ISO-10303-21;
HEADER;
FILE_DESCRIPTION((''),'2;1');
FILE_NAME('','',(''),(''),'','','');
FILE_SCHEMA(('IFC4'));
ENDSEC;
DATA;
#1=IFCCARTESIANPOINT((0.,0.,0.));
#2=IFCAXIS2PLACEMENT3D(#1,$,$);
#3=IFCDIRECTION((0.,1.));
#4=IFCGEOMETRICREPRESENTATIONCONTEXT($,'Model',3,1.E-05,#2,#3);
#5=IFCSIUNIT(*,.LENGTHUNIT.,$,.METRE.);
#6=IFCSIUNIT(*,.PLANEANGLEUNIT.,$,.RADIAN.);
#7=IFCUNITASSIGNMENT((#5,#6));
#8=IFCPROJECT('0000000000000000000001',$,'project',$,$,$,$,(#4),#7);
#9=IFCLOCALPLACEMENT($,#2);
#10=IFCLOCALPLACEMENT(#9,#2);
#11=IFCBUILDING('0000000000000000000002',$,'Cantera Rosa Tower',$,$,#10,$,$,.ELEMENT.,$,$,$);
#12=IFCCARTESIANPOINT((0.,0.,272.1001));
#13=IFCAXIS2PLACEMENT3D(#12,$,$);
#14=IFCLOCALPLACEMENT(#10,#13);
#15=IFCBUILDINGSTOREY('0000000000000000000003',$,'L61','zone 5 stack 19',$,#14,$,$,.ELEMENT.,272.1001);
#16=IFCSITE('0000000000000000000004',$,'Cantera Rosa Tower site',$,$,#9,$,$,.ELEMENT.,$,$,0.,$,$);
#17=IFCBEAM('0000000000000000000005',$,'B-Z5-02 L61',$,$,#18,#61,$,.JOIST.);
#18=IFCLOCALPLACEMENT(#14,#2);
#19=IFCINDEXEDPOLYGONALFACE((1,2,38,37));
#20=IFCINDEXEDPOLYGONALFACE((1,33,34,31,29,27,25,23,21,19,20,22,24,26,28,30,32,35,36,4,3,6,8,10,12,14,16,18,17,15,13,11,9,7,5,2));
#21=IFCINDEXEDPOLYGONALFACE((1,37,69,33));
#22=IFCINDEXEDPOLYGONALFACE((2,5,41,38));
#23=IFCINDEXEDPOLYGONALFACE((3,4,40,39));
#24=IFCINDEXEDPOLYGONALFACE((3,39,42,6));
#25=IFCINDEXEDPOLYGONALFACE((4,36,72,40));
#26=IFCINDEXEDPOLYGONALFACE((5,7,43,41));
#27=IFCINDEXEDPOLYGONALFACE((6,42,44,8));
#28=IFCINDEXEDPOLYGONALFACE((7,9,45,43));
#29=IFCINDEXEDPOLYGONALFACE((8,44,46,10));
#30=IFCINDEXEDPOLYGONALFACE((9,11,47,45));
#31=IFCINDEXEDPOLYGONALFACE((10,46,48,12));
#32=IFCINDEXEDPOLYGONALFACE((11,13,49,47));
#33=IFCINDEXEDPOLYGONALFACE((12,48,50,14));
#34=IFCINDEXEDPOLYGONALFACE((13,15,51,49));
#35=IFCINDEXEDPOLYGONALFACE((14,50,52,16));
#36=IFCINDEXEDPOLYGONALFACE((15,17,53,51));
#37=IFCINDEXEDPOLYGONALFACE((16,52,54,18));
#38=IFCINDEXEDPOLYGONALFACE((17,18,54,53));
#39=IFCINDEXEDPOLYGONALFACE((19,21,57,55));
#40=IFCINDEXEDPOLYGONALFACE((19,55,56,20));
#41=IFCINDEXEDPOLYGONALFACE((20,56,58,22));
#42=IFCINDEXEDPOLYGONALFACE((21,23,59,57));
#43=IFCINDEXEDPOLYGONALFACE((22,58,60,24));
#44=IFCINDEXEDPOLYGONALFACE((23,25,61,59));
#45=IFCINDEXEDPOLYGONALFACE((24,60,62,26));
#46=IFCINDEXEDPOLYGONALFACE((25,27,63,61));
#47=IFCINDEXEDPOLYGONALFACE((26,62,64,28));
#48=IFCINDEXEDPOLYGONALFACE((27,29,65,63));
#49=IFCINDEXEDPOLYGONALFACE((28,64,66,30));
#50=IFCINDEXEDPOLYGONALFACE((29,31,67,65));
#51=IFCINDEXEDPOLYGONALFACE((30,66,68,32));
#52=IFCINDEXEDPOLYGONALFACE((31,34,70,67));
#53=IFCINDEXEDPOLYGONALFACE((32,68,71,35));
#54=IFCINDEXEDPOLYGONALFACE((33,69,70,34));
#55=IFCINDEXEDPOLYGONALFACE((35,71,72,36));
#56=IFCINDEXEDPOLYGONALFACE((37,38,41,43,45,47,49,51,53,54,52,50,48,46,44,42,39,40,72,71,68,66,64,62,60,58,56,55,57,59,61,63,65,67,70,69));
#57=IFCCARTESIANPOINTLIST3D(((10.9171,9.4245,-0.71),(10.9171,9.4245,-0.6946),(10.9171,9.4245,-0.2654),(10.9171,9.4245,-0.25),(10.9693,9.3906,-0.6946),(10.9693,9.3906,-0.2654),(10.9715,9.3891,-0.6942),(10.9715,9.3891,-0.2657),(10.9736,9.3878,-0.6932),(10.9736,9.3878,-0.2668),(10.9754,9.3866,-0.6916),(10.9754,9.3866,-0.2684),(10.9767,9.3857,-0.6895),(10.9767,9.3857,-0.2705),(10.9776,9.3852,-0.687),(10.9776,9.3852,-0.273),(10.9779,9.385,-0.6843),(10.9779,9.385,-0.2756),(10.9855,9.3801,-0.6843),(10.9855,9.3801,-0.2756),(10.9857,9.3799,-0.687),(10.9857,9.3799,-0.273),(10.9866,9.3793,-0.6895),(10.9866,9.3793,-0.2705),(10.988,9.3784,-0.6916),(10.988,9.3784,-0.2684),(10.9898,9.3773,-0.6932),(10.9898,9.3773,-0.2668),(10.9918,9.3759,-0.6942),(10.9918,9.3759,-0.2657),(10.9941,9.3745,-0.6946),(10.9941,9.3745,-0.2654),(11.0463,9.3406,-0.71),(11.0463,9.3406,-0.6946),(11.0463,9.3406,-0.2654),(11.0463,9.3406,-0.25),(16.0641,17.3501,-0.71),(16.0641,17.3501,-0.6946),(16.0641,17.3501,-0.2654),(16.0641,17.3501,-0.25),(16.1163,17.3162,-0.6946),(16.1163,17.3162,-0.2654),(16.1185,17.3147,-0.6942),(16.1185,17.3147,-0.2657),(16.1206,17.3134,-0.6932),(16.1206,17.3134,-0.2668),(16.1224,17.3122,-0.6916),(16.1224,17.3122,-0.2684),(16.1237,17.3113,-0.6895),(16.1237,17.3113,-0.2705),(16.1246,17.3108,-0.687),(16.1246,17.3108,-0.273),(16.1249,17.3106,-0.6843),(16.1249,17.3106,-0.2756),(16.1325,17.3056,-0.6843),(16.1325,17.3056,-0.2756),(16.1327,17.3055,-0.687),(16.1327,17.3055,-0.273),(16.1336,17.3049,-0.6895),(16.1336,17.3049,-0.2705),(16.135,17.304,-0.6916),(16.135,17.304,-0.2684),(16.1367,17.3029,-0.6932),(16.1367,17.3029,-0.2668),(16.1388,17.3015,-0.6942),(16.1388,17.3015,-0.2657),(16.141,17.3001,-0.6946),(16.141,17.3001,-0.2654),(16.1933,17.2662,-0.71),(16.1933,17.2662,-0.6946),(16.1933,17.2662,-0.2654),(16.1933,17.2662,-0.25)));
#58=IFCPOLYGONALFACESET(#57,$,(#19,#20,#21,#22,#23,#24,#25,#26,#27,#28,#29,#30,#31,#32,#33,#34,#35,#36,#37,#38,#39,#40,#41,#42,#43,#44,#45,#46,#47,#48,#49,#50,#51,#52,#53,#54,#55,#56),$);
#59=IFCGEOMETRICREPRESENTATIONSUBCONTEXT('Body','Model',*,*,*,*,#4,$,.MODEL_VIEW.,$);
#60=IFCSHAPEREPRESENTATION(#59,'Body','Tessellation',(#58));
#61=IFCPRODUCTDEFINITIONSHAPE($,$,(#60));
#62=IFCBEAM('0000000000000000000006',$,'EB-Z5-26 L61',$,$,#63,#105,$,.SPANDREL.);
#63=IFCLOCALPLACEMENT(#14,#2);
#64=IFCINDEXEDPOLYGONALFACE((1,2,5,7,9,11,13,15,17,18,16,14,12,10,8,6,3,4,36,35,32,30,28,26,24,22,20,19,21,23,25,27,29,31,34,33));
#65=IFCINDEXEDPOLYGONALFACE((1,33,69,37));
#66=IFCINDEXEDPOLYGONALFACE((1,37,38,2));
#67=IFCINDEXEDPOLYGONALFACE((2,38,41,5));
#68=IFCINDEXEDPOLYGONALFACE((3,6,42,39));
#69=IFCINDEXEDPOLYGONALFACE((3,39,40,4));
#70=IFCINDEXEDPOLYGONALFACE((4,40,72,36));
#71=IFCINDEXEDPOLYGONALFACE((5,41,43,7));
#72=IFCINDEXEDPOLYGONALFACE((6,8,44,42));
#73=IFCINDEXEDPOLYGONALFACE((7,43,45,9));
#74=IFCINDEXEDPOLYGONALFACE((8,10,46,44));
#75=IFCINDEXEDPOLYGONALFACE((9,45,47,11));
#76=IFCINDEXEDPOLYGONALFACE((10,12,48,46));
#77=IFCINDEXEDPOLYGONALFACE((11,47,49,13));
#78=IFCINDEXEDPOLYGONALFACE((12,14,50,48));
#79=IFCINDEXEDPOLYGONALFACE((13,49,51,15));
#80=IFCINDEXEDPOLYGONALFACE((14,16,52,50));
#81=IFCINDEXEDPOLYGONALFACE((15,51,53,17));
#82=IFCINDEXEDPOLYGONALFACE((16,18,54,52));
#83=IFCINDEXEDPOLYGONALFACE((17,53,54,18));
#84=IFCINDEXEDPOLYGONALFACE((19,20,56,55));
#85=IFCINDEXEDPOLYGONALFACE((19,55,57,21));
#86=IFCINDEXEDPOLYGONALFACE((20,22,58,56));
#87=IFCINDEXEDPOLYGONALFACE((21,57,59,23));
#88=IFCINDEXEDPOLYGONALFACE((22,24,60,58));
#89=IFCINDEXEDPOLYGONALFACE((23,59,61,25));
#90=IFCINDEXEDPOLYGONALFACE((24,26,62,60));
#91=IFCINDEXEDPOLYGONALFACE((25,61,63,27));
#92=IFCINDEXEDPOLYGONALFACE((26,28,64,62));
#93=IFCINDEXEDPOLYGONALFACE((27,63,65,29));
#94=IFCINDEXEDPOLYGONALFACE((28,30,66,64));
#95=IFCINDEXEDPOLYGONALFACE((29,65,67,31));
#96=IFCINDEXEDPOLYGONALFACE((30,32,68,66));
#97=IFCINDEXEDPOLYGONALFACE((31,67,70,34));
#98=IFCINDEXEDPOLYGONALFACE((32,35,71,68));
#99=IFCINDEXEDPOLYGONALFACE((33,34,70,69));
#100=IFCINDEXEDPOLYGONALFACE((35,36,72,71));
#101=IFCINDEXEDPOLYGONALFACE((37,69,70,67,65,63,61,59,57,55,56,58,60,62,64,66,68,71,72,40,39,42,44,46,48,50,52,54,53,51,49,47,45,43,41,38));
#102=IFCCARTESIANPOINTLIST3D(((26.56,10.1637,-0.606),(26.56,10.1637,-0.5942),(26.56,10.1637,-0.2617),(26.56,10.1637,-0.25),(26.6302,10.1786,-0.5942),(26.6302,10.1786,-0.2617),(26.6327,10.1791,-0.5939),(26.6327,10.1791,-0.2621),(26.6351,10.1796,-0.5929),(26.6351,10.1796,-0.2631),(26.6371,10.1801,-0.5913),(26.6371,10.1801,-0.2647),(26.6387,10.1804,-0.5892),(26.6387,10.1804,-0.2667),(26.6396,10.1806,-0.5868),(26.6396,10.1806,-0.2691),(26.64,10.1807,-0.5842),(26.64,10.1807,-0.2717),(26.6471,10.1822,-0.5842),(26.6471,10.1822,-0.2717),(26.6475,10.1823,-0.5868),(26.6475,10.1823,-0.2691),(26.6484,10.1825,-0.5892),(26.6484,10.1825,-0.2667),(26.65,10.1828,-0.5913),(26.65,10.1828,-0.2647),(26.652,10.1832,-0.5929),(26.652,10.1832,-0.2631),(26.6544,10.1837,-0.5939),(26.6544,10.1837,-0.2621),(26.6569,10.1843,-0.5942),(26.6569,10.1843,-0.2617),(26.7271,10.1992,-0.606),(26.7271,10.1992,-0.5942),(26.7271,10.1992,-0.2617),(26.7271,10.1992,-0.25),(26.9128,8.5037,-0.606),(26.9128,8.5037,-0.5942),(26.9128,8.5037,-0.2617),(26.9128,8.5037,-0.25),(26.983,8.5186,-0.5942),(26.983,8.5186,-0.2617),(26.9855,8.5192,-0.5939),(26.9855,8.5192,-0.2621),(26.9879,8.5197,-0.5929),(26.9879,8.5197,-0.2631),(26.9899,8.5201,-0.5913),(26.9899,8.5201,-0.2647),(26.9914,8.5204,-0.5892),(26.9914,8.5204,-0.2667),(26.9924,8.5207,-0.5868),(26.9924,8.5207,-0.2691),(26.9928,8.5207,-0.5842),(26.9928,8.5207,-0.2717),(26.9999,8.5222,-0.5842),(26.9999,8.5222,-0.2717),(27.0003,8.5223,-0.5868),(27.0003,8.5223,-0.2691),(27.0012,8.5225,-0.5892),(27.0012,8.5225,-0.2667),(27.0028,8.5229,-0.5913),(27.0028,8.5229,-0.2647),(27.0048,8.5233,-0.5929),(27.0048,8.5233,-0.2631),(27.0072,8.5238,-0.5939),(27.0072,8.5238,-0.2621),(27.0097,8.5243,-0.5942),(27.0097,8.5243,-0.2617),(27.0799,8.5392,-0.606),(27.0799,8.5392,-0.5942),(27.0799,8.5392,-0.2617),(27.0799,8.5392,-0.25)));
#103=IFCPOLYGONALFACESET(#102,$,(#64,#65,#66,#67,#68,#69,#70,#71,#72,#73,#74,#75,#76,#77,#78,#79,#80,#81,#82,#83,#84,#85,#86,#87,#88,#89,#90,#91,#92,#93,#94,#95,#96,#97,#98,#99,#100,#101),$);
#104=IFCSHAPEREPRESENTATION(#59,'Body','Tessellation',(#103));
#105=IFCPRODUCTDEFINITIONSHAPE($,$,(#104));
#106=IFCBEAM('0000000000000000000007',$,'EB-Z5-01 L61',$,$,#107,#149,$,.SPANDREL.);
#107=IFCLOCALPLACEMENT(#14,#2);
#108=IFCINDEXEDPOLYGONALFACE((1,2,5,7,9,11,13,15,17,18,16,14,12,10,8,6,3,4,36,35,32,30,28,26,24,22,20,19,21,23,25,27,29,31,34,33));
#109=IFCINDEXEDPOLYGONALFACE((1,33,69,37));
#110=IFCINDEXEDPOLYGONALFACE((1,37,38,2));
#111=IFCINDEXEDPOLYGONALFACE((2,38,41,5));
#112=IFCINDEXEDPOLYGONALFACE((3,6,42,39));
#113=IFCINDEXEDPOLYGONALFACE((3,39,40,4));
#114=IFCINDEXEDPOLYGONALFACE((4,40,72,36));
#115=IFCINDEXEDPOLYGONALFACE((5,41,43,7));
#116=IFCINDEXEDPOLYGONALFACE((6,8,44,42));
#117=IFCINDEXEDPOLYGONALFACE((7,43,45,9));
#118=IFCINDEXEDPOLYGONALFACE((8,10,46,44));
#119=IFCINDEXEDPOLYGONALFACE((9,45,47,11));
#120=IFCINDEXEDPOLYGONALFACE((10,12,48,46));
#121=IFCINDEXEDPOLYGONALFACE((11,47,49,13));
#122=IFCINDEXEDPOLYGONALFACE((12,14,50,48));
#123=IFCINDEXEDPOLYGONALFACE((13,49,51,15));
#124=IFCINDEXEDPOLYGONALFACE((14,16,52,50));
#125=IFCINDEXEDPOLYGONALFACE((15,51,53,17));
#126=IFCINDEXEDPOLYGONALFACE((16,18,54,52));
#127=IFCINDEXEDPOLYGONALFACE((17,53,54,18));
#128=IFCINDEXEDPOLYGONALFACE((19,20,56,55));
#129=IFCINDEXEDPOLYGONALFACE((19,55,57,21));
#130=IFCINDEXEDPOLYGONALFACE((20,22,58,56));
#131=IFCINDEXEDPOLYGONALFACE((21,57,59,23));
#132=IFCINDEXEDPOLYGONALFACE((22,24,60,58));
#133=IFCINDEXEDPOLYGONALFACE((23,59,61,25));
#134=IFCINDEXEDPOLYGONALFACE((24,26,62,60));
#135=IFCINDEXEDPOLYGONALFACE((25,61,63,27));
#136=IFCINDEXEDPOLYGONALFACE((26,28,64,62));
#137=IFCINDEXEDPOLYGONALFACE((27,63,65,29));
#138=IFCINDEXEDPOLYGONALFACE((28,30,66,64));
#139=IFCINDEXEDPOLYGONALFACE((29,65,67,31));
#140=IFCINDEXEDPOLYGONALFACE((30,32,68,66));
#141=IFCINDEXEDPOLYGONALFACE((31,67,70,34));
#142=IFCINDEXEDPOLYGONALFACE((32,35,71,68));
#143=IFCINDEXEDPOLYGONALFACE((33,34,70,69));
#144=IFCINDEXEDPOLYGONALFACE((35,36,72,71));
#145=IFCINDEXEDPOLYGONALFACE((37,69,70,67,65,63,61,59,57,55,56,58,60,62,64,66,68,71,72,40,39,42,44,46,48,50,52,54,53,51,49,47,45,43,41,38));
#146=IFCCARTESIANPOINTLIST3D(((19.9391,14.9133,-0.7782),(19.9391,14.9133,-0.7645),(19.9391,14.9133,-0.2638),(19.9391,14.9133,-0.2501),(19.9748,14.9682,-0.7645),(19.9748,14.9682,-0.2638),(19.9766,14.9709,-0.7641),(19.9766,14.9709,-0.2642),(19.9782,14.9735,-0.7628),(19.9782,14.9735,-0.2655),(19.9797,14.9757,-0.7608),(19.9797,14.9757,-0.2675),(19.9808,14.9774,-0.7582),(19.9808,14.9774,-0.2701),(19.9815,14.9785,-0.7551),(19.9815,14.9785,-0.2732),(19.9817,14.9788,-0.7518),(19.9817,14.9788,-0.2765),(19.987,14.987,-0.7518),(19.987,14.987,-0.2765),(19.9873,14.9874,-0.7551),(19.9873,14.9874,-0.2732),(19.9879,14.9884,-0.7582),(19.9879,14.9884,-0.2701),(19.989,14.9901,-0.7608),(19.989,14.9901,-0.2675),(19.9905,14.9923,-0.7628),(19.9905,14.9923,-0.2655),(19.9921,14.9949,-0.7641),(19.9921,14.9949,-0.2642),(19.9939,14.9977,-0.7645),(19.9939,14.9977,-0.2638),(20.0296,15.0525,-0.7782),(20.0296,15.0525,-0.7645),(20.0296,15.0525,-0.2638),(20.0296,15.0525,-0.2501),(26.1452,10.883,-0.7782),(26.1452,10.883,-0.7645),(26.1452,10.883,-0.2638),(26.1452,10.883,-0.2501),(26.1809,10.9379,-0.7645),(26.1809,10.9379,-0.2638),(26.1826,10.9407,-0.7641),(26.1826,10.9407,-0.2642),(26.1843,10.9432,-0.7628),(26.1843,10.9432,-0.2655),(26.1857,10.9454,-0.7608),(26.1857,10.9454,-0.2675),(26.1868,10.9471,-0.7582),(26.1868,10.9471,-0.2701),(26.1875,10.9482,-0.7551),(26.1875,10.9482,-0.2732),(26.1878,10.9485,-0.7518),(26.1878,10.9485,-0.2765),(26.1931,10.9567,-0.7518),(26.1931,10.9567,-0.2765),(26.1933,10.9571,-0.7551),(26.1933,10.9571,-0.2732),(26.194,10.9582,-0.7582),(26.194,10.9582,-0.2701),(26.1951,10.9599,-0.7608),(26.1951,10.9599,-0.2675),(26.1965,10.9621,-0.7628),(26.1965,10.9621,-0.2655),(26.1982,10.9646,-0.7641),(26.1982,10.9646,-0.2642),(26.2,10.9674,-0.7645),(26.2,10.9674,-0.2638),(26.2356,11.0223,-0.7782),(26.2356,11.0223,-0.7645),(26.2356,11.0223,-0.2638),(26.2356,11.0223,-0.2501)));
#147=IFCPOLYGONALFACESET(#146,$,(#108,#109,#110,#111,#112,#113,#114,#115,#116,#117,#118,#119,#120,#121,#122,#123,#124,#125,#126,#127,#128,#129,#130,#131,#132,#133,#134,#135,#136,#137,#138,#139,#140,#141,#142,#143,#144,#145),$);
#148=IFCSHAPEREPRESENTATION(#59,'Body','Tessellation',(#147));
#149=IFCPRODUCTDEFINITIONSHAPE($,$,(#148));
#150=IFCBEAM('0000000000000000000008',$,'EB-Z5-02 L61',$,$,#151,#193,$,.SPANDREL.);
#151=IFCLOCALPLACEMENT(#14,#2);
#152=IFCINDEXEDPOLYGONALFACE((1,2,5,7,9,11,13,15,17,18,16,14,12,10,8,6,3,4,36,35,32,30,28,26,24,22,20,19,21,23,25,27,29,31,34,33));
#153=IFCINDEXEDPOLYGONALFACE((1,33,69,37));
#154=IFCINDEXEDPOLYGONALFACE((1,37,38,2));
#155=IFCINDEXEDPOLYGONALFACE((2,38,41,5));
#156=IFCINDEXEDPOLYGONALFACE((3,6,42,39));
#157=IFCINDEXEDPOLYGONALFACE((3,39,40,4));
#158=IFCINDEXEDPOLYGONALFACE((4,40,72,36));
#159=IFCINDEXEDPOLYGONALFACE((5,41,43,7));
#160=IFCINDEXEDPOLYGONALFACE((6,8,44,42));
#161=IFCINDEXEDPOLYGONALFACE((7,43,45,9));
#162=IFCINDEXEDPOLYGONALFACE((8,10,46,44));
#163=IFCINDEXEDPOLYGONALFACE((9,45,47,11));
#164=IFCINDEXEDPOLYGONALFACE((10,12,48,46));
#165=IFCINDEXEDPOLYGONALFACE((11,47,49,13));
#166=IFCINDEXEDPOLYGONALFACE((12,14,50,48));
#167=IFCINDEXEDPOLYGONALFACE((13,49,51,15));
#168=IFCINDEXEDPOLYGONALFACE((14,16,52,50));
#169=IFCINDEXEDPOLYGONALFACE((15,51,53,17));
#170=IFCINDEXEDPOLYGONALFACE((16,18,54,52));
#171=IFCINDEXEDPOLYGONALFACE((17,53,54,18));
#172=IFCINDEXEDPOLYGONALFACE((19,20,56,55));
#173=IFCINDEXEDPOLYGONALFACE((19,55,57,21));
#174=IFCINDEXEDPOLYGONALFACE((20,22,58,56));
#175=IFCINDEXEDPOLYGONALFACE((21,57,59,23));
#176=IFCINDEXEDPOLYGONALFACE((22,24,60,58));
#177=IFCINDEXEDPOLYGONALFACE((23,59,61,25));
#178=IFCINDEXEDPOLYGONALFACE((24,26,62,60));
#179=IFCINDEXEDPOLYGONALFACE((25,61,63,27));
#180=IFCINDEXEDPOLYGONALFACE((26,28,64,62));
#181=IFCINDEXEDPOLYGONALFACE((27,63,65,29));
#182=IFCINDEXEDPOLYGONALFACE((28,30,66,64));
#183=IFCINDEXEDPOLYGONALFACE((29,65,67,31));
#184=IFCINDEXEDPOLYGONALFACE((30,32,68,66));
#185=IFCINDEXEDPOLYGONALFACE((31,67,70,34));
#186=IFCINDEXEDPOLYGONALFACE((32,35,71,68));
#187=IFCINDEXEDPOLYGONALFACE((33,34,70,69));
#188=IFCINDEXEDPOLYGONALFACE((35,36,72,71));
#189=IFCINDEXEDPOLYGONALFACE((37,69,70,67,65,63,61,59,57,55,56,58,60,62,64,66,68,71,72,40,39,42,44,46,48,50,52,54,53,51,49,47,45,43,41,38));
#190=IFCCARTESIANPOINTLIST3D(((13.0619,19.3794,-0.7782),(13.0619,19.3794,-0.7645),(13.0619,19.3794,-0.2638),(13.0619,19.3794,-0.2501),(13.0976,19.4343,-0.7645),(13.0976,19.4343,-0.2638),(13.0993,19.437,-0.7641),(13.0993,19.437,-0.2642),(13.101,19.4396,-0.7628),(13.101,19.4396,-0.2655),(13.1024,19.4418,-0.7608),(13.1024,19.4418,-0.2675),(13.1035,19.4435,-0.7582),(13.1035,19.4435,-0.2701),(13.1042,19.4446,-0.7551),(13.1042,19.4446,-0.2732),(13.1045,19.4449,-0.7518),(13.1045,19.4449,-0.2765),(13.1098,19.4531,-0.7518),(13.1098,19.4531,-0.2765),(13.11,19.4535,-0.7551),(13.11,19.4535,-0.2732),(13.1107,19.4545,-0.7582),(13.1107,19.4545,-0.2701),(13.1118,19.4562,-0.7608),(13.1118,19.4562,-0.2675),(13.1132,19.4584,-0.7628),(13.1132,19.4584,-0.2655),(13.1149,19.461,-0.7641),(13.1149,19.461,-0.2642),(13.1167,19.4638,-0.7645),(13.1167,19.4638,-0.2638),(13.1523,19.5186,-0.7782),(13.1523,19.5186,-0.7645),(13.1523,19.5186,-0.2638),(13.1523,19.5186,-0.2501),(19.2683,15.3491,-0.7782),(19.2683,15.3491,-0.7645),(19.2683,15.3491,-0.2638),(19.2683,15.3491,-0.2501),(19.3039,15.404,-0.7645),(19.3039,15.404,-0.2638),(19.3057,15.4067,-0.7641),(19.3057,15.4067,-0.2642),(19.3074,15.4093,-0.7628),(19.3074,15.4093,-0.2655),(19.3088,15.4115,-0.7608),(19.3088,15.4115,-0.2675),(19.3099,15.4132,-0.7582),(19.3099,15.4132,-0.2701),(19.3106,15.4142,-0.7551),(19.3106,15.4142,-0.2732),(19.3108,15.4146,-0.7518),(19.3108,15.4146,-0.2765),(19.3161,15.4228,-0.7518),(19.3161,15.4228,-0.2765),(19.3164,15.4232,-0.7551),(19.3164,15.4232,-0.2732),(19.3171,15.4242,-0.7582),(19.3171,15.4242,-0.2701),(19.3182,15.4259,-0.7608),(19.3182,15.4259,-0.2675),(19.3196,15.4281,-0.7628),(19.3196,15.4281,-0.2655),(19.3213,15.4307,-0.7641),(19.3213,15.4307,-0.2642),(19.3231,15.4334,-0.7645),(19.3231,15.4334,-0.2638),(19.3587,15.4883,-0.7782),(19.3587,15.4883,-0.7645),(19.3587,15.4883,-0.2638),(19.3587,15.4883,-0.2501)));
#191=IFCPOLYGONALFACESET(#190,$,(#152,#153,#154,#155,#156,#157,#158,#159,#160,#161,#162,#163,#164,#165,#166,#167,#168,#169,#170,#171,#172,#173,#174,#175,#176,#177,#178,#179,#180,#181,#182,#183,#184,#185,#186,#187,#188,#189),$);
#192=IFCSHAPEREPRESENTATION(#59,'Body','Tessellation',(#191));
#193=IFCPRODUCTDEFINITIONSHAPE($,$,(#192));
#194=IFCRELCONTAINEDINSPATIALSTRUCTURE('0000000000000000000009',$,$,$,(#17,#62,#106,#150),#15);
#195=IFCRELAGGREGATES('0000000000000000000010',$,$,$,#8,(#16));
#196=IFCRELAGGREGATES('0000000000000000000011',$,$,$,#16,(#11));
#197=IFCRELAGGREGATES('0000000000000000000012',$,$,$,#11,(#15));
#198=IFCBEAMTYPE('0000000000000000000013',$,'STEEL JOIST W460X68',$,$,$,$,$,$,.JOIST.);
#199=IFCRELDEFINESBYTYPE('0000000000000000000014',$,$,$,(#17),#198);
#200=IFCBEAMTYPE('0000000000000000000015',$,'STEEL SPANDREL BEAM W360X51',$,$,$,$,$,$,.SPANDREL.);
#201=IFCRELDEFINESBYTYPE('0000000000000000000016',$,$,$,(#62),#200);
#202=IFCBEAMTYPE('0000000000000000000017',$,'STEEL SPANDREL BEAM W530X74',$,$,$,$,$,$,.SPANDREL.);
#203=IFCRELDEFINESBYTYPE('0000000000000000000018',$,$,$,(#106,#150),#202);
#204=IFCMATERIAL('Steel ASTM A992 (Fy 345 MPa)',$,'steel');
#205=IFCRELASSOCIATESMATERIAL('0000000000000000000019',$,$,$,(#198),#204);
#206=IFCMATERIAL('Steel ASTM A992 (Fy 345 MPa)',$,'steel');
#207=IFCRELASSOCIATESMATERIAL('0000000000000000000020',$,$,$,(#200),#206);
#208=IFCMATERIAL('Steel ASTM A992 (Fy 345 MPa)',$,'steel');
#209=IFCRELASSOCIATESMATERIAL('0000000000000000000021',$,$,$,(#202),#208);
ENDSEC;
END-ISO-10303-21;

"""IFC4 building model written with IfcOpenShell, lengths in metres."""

from ifc_helpers import new_model, si_unit, direction, frame, origin, origin_2d, place, context, subcontext, project, spatial, i_section, extrude, material, material_profile, profile_set, type_object, element, save


model = new_model("IFC4")

# Units and contexts
model_context = context("Model", 3, precision=1e-05, world=origin(), true_north=direction((0.0, 1.0)))
body_context = subcontext(model_context, "Body", "Model", "MODEL_VIEW")
ifc_project = project(units=[si_unit("LENGTHUNIT", "METRE"), si_unit("PLANEANGLEUNIT", "RADIAN")], contexts=[model_context])

# Site, building, storey
site_placement = place(None, origin())
site = spatial("IfcSite", under=ifc_project, at=site_placement, Name="Cantera Rosa Tower site", CompositionType="ELEMENT", RefElevation=0.0)
building_placement = place(site_placement, origin())
building = spatial("IfcBuilding", under=site, at=building_placement, Name="Cantera Rosa Tower", CompositionType="ELEMENT")
storey_placement = place(building_placement, frame((0.0, 0.0, 272.1001)))
storey = spatial("IfcBuildingStorey", under=building, at=storey_placement, Name="L61", Description="zone 5 stack 19", CompositionType="ELEMENT", Elevation=272.1001)

# Beams
ifc_material_1 = material(Name="Steel ASTM A992 (Fy 345 MPa)", Category="steel")
ifc_material_profile_1 = material_profile(ifc_material_1, i_section(OverallWidth=0.1541, OverallDepth=0.46, WebThickness=0.009, FlangeThickness=0.0154, FilletRadius=0.0103, at=origin_2d()), Name="W460X68")
ifc_profile_set_1 = profile_set([ifc_material_profile_1], Name="Steel ASTM A992 (Fy 345 MPa)")
beam_type_1 = type_object("IfcBeamType", Name="STEEL JOIST W460X68", PredefinedType="JOIST", material=ifc_profile_set_1)
beam_1_placement = place(storey_placement, frame((16.1287, 17.3081, -0.48), z_axis=(-0.544644, -0.838667, 0.0), x_axis=(0.838667, -0.544644, 0.0)))
element("IfcBeam", 1, at=beam_1_placement, inside=storey, type_object=beam_type_1, Name="B-Z5-02 L61", PredefinedType="JOIST", context=body_context, shape_type="SweptSolid", body=[
    extrude(i_section(OverallWidth=0.1541, OverallDepth=0.46, WebThickness=0.009, FlangeThickness=0.0154, FilletRadius=0.0103, at=origin_2d()), origin(), (0.0, 0.0, 1.0), 9.4502),
])
ifc_material_2 = material(Name="Steel ASTM A992 (Fy 345 MPa)", Category="steel")
ifc_material_profile_2 = material_profile(ifc_material_2, i_section(OverallWidth=0.1709, OverallDepth=0.356, WebThickness=0.0073, FlangeThickness=0.0117, FilletRadius=0.01, at=origin_2d()), Name="W360X51")
ifc_profile_set_2 = profile_set([ifc_material_profile_2], Name="Steel ASTM A992 (Fy 345 MPa)")
beam_type_2 = type_object("IfcBeamType", Name="STEEL SPANDREL BEAM W360X51", PredefinedType="SPANDREL", material=ifc_profile_set_2)
beam_2_placement = place(storey_placement, frame((26.9963, 8.5215, -0.428), z_axis=(-0.207888, 0.978153, 0.0), x_axis=(-0.978153, -0.207888, 0.0)))
element("IfcBeam", 2, at=beam_2_placement, inside=storey, type_object=beam_type_2, Name="EB-Z5-26 L61", PredefinedType="SPANDREL", context=body_context, shape_type="SweptSolid", body=[
    extrude(i_section(OverallWidth=0.1709, OverallDepth=0.356, WebThickness=0.0073, FlangeThickness=0.0117, FilletRadius=0.01, at=origin_2d()), origin(), (0.0, 0.0, 1.0), 1.697),
])
ifc_material_3 = material(Name="Steel ASTM A992 (Fy 345 MPa)", Category="steel")
ifc_material_profile_3 = material_profile(ifc_material_3, i_section(OverallWidth=0.166, OverallDepth=0.5281, WebThickness=0.0098, FlangeThickness=0.0137, FilletRadius=0.0127, at=origin_2d()), Name="W530X74")
ifc_profile_set_3 = profile_set([ifc_material_profile_3], Name="Steel ASTM A992 (Fy 345 MPa)")
beam_type_3 = type_object("IfcBeamType", Name="STEEL SPANDREL BEAM W530X74", PredefinedType="SPANDREL", material=ifc_profile_set_3)
beam_3_placement = place(storey_placement, frame((26.1904, 10.9526, -0.5142), z_axis=(-0.83867, 0.54464, 0.0), x_axis=(-0.54464, -0.83867, 0.0)))
element("IfcBeam", 3, at=beam_3_placement, inside=storey, type_object=beam_type_3, Name="EB-Z5-01 L61", PredefinedType="SPANDREL", context=body_context, shape_type="SweptSolid", body=[
    extrude(i_section(OverallWidth=0.166, OverallDepth=0.5281, WebThickness=0.0098, FlangeThickness=0.0137, FilletRadius=0.0127, at=origin_2d()), origin(), (0.0, 0.0, 1.0), 7.3999),
])
beam_4_placement = place(storey_placement, frame((19.3135, 15.4187, -0.5142), z_axis=(-0.838679, 0.544625, 0.0), x_axis=(-0.544625, -0.838679, 0.0)))
element("IfcBeam", 4, at=beam_4_placement, inside=storey, type_object=beam_type_3, Name="EB-Z5-02 L61", PredefinedType="SPANDREL", context=body_context, shape_type="SweptSolid", body=[
    extrude(i_section(OverallWidth=0.166, OverallDepth=0.5281, WebThickness=0.0098, FlangeThickness=0.0137, FilletRadius=0.0127, at=origin_2d()), origin(), (0.0, 0.0, 1.0), 7.4001),
])

save(model, "model.ifc")
